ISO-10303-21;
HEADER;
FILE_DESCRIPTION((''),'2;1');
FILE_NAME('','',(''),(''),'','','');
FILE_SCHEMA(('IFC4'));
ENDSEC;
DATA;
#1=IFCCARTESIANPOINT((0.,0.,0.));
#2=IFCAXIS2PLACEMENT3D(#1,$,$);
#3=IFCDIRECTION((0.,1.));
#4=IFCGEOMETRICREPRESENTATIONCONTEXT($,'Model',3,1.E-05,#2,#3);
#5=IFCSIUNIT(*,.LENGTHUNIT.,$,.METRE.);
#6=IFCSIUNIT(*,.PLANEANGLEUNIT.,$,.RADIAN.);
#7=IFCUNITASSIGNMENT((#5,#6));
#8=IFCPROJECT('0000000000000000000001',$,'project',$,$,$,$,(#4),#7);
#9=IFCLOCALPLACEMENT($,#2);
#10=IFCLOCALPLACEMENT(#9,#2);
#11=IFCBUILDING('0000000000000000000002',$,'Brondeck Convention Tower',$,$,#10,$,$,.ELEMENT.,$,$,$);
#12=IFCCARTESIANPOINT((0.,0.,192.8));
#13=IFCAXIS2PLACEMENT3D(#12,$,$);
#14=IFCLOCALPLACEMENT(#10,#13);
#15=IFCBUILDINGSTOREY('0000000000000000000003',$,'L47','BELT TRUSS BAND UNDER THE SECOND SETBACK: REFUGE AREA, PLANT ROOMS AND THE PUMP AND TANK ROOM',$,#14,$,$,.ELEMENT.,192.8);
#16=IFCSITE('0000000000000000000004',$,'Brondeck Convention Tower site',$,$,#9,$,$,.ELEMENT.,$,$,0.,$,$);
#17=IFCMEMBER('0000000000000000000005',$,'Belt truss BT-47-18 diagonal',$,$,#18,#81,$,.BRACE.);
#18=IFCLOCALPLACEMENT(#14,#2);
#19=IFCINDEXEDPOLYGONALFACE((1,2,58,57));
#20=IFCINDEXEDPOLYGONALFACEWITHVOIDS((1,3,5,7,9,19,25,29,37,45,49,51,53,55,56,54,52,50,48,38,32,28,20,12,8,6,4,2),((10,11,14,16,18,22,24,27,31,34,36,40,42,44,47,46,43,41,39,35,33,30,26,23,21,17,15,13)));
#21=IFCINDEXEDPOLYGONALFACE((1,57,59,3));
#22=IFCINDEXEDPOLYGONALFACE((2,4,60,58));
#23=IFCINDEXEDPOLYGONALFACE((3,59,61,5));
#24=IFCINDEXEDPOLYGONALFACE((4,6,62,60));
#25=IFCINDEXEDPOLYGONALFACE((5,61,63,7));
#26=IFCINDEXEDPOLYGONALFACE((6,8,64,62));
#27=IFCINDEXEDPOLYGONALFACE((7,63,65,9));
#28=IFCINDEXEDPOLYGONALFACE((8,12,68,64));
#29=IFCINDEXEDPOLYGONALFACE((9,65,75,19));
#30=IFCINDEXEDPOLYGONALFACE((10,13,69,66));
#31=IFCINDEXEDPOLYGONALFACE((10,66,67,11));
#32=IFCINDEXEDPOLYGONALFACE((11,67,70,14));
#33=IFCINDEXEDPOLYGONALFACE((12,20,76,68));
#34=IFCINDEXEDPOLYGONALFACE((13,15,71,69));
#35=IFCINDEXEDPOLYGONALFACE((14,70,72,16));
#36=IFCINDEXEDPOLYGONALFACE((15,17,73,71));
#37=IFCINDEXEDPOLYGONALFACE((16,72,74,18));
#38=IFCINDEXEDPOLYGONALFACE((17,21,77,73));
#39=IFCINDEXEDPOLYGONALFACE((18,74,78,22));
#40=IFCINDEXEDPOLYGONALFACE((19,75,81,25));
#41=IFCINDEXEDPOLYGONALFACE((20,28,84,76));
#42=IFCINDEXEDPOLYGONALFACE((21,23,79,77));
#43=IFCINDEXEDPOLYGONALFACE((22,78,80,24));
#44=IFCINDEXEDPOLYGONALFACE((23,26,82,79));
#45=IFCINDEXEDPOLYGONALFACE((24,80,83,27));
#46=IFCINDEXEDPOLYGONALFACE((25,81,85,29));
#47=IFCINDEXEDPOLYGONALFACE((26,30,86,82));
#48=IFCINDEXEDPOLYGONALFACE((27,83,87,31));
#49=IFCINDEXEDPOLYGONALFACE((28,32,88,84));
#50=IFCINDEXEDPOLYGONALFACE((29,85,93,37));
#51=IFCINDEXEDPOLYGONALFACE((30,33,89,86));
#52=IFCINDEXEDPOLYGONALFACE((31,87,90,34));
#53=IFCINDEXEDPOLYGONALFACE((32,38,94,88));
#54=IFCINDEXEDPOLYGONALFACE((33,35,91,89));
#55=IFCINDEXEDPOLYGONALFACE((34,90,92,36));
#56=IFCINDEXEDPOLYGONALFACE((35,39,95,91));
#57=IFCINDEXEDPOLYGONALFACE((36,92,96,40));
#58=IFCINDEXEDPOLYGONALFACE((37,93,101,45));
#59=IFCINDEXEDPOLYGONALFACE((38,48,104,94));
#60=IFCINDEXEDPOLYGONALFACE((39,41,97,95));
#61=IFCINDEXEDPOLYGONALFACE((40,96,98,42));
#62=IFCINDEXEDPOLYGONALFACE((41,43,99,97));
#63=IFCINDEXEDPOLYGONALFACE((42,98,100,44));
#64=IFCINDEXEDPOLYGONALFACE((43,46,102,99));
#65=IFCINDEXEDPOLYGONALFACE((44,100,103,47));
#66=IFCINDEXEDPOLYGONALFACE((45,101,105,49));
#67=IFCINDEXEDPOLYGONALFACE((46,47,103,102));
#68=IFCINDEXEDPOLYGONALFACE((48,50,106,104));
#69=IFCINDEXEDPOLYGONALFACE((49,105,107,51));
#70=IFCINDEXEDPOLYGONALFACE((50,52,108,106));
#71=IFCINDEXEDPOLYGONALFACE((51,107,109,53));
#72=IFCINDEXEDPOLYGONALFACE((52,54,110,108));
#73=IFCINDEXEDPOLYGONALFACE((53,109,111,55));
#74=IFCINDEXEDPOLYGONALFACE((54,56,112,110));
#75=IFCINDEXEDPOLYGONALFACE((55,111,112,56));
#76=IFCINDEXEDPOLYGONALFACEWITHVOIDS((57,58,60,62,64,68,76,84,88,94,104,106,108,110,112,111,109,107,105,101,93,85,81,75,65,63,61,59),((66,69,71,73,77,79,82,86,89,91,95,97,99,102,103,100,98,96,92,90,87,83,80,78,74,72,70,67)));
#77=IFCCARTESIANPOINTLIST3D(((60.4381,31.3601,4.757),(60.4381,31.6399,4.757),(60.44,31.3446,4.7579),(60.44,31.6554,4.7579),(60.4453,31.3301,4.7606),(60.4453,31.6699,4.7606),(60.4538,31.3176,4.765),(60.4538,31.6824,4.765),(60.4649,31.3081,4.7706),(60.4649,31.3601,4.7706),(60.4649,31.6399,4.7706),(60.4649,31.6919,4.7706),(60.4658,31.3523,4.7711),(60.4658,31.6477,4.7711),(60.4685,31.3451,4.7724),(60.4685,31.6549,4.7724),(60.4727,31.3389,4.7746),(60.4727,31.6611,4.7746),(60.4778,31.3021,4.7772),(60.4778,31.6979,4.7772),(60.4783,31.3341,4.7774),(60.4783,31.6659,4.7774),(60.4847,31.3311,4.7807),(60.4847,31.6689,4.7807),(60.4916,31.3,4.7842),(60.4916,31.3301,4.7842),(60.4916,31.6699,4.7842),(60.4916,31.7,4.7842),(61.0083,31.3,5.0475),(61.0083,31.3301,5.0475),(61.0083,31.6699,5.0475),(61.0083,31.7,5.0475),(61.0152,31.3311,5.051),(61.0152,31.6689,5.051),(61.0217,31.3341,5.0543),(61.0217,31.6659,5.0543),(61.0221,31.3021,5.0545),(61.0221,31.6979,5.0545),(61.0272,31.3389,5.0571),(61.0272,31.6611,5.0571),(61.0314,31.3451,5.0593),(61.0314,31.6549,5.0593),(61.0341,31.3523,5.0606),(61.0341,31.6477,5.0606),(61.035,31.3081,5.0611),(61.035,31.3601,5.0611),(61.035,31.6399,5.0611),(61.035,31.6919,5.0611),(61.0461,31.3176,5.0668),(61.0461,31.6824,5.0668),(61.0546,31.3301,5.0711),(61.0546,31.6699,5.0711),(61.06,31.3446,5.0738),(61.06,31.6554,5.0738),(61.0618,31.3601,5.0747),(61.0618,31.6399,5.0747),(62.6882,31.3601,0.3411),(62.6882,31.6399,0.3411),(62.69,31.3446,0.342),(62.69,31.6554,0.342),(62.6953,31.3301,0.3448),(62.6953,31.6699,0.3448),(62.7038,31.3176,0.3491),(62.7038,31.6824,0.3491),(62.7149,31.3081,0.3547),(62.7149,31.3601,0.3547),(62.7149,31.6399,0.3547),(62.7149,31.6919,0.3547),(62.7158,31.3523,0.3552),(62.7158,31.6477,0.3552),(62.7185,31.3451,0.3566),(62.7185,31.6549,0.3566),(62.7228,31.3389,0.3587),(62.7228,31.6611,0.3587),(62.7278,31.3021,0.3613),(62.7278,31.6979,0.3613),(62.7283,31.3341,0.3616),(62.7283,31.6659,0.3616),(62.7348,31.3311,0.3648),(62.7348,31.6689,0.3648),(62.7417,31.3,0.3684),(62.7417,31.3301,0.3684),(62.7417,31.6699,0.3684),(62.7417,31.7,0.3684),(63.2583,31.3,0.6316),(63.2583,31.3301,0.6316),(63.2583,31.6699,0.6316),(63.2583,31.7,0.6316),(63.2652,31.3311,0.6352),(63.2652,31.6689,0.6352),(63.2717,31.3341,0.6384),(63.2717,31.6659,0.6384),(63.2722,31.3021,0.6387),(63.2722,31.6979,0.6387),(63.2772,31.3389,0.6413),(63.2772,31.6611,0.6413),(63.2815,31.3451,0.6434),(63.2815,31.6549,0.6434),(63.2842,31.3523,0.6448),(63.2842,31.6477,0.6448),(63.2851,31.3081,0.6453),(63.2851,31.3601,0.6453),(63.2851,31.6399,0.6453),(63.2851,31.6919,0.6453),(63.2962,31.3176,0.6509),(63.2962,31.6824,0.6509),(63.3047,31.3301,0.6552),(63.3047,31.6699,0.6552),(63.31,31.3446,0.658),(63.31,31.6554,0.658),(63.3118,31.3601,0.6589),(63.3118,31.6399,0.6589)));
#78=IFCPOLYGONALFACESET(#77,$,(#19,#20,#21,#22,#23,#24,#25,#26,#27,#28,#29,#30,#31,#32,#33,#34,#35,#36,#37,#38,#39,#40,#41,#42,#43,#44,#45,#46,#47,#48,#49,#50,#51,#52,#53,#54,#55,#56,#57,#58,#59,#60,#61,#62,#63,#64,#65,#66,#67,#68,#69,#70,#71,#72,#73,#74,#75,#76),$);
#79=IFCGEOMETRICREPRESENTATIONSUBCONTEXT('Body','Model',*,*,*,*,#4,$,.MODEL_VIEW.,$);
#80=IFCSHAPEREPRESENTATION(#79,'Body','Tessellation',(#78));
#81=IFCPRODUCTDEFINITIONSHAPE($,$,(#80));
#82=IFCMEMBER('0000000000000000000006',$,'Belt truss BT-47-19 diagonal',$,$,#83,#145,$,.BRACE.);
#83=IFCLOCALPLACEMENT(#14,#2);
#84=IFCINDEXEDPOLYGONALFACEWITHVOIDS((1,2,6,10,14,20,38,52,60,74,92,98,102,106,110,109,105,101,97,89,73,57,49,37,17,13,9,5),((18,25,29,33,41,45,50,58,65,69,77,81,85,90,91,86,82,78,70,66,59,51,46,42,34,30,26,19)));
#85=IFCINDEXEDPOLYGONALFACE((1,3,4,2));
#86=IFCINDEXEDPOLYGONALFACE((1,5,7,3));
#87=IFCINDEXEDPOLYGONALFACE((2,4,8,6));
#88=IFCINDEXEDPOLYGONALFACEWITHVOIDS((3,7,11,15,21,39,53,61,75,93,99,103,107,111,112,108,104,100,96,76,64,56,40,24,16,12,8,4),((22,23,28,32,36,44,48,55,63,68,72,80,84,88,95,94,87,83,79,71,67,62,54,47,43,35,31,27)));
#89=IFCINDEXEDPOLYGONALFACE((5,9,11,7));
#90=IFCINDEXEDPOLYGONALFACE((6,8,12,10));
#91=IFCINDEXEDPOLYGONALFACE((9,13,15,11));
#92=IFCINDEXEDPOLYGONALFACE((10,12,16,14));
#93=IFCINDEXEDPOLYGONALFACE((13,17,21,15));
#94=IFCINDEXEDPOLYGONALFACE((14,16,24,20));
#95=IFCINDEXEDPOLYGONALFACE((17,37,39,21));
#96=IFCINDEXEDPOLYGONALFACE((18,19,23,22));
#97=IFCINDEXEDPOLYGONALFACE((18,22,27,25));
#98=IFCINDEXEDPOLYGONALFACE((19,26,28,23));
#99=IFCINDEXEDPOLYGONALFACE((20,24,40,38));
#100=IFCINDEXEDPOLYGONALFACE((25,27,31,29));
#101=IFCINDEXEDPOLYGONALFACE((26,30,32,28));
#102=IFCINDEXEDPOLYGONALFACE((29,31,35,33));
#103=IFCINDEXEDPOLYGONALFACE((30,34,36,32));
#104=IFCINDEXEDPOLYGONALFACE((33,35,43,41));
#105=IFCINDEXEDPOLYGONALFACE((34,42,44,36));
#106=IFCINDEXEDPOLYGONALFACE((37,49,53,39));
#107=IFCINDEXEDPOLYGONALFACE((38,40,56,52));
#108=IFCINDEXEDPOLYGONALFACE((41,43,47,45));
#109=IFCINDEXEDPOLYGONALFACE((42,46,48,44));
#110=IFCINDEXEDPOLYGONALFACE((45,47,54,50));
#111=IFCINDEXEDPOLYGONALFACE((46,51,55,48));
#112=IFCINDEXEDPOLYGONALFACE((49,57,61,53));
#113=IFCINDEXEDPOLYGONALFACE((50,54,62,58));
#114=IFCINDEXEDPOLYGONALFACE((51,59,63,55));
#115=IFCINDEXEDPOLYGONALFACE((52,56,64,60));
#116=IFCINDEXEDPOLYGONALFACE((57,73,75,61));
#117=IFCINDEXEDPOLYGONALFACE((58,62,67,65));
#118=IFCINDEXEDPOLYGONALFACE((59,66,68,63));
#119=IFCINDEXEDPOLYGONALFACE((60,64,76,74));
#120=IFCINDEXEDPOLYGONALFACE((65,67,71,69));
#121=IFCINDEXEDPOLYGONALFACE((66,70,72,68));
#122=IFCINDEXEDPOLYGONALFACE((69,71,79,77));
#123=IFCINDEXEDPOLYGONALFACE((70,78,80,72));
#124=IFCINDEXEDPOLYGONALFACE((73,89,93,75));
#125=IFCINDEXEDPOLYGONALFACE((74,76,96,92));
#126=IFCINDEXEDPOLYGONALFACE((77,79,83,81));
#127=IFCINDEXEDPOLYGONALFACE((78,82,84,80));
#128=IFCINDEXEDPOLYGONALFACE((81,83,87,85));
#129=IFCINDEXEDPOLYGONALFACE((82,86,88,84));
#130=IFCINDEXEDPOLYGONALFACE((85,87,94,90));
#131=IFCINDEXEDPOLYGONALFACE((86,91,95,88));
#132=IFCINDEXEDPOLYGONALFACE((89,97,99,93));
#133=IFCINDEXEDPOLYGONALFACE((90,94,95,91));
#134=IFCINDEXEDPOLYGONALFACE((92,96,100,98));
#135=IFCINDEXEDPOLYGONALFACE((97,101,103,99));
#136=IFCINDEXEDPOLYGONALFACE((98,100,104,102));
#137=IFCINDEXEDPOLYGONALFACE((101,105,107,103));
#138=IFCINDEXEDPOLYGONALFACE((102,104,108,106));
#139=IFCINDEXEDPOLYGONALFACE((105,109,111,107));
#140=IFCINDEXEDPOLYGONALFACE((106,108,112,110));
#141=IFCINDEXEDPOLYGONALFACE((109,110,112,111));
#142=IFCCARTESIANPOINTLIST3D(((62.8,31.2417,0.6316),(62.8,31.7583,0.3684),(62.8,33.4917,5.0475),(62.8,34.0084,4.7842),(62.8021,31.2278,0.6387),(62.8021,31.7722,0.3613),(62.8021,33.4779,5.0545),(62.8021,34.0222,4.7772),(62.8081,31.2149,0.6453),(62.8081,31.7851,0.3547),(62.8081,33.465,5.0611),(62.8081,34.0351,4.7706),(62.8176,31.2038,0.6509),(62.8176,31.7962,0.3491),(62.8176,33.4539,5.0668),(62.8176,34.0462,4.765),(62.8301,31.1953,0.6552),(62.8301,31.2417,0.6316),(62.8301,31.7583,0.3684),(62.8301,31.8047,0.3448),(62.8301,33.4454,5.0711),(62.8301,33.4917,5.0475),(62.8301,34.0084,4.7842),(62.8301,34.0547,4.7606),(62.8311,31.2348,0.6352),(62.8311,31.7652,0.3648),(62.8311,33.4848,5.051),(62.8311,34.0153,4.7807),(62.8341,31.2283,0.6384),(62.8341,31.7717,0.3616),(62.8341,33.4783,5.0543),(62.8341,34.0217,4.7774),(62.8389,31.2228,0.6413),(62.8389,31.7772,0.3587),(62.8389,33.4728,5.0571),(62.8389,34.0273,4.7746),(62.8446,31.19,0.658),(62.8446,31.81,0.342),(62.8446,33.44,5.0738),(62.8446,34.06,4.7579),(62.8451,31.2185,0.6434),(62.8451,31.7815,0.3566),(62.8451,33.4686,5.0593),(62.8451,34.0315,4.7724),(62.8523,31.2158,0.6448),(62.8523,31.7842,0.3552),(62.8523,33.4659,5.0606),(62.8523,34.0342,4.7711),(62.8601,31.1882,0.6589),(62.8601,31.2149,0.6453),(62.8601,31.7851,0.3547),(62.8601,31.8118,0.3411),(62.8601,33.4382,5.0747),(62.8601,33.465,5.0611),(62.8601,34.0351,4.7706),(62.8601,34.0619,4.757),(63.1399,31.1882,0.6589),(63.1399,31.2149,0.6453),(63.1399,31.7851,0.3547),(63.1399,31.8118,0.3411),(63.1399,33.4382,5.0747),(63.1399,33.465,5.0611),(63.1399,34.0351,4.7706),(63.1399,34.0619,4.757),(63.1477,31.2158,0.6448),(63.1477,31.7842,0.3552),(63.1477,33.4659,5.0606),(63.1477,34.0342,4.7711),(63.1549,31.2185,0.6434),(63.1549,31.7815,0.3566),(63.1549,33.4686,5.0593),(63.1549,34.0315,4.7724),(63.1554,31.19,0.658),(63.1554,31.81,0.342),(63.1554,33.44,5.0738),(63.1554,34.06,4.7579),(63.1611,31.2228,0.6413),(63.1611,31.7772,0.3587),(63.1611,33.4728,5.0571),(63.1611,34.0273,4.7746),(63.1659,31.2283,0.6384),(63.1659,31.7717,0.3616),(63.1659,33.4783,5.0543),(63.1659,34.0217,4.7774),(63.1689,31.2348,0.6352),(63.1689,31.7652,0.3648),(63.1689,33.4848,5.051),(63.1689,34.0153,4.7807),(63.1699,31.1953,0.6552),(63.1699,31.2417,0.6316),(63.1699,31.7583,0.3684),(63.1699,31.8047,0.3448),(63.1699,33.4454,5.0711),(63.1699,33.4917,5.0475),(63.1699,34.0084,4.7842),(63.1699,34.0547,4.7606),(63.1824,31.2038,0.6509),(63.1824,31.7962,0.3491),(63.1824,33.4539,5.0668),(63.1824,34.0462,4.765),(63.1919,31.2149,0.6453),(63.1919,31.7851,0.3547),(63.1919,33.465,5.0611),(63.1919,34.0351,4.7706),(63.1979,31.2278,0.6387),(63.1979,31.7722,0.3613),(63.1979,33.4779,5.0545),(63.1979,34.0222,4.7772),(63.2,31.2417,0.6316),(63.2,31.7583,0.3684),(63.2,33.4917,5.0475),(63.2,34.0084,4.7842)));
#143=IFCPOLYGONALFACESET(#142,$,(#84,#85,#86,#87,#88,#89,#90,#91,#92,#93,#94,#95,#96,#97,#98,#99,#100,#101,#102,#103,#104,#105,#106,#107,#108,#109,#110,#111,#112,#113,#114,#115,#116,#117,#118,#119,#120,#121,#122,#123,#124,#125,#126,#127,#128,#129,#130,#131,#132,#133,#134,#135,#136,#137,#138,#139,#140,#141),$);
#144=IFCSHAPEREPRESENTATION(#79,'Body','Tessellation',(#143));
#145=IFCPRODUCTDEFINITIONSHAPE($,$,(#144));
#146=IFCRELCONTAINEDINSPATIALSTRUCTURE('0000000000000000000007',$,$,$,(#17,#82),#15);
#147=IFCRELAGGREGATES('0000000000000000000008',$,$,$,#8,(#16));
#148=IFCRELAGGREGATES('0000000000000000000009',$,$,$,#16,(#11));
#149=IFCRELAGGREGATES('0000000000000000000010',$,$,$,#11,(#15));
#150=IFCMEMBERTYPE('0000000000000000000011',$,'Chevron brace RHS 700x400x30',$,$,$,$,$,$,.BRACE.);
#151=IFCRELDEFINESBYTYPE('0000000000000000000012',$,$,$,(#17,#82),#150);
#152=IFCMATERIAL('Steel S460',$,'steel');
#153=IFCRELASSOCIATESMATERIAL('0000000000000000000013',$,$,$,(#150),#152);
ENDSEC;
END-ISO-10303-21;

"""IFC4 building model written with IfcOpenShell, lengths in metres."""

from ifc_helpers import new_model, si_unit, direction, frame, origin, origin_2d, place, context, subcontext, project, spatial, hollow_rectangle, extrude, material, material_profile, profile_set, type_object, element, save


model = new_model("IFC4")

# Units and contexts
model_context = context("Model", 3, precision=1e-05, world=origin(), true_north=direction((0.0, 1.0)))
body_context = subcontext(model_context, "Body", "Model", "MODEL_VIEW")
ifc_project = project(units=[si_unit("LENGTHUNIT", "METRE"), si_unit("PLANEANGLEUNIT", "RADIAN")], contexts=[model_context])

# Site, building, storey
site_placement = place(None, origin())
site = spatial("IfcSite", under=ifc_project, at=site_placement, Name="Brondeck Convention Tower site", CompositionType="ELEMENT", RefElevation=0.0)
building_placement = place(site_placement, origin())
building = spatial("IfcBuilding", under=site, at=building_placement, Name="Brondeck Convention Tower", CompositionType="ELEMENT")
storey_placement = place(building_placement, frame((0.0, 0.0, 192.8)))
storey = spatial("IfcBuildingStorey", under=building, at=storey_placement, Name="L47", Description="BELT TRUSS BAND UNDER THE SECOND SETBACK: REFUGE AREA, PLANT ROOMS AND THE PUMP AND TANK ROOM", CompositionType="ELEMENT", Elevation=192.8)

# Members
ifc_material_1 = material(Name="Steel S460", Category="steel")
ifc_material_profile_1 = material_profile(ifc_material_1, hollow_rectangle(XDim=0.3999, YDim=0.7, WallThickness=0.03, InnerFilletRadius=0.03, OuterFilletRadius=0.0601, at=origin_2d()), Name="RHS 700x400x30")
ifc_profile_set_1 = profile_set([ifc_material_profile_1], Name="Steel S460")
member_type_1 = type_object("IfcMemberType", Name="Chevron brace RHS 700x400x30", PredefinedType="BRACE", material=ifc_profile_set_1)
for number, where, z_axis, x_axis, name in (
    (1, (63.0, 31.5, 0.5), (-0.453999, 0.0, 0.891002), (0.0, -1.0, 0.0), "Belt truss BT-47-18 diagonal"),
    (2, (63.0, 31.5, 0.5), (0.0, 0.453999, 0.891002), (-1.0, 0.0, 0.0), "Belt truss BT-47-19 diagonal"),
):
    element("IfcMember", number, at=place(storey_placement, frame(where, z_axis=z_axis, x_axis=x_axis)), inside=storey, type_object=member_type_1, Name=name, PredefinedType="BRACE", context=body_context, shape_type="SweptSolid", body=[
        extrude(hollow_rectangle(XDim=0.3999, YDim=0.7, WallThickness=0.03, InnerFilletRadius=0.03, OuterFilletRadius=0.0601, at=origin_2d()), origin(), (0.0, 0.0, 1.0), 4.9561),
    ])

save(model, "model.ifc")
